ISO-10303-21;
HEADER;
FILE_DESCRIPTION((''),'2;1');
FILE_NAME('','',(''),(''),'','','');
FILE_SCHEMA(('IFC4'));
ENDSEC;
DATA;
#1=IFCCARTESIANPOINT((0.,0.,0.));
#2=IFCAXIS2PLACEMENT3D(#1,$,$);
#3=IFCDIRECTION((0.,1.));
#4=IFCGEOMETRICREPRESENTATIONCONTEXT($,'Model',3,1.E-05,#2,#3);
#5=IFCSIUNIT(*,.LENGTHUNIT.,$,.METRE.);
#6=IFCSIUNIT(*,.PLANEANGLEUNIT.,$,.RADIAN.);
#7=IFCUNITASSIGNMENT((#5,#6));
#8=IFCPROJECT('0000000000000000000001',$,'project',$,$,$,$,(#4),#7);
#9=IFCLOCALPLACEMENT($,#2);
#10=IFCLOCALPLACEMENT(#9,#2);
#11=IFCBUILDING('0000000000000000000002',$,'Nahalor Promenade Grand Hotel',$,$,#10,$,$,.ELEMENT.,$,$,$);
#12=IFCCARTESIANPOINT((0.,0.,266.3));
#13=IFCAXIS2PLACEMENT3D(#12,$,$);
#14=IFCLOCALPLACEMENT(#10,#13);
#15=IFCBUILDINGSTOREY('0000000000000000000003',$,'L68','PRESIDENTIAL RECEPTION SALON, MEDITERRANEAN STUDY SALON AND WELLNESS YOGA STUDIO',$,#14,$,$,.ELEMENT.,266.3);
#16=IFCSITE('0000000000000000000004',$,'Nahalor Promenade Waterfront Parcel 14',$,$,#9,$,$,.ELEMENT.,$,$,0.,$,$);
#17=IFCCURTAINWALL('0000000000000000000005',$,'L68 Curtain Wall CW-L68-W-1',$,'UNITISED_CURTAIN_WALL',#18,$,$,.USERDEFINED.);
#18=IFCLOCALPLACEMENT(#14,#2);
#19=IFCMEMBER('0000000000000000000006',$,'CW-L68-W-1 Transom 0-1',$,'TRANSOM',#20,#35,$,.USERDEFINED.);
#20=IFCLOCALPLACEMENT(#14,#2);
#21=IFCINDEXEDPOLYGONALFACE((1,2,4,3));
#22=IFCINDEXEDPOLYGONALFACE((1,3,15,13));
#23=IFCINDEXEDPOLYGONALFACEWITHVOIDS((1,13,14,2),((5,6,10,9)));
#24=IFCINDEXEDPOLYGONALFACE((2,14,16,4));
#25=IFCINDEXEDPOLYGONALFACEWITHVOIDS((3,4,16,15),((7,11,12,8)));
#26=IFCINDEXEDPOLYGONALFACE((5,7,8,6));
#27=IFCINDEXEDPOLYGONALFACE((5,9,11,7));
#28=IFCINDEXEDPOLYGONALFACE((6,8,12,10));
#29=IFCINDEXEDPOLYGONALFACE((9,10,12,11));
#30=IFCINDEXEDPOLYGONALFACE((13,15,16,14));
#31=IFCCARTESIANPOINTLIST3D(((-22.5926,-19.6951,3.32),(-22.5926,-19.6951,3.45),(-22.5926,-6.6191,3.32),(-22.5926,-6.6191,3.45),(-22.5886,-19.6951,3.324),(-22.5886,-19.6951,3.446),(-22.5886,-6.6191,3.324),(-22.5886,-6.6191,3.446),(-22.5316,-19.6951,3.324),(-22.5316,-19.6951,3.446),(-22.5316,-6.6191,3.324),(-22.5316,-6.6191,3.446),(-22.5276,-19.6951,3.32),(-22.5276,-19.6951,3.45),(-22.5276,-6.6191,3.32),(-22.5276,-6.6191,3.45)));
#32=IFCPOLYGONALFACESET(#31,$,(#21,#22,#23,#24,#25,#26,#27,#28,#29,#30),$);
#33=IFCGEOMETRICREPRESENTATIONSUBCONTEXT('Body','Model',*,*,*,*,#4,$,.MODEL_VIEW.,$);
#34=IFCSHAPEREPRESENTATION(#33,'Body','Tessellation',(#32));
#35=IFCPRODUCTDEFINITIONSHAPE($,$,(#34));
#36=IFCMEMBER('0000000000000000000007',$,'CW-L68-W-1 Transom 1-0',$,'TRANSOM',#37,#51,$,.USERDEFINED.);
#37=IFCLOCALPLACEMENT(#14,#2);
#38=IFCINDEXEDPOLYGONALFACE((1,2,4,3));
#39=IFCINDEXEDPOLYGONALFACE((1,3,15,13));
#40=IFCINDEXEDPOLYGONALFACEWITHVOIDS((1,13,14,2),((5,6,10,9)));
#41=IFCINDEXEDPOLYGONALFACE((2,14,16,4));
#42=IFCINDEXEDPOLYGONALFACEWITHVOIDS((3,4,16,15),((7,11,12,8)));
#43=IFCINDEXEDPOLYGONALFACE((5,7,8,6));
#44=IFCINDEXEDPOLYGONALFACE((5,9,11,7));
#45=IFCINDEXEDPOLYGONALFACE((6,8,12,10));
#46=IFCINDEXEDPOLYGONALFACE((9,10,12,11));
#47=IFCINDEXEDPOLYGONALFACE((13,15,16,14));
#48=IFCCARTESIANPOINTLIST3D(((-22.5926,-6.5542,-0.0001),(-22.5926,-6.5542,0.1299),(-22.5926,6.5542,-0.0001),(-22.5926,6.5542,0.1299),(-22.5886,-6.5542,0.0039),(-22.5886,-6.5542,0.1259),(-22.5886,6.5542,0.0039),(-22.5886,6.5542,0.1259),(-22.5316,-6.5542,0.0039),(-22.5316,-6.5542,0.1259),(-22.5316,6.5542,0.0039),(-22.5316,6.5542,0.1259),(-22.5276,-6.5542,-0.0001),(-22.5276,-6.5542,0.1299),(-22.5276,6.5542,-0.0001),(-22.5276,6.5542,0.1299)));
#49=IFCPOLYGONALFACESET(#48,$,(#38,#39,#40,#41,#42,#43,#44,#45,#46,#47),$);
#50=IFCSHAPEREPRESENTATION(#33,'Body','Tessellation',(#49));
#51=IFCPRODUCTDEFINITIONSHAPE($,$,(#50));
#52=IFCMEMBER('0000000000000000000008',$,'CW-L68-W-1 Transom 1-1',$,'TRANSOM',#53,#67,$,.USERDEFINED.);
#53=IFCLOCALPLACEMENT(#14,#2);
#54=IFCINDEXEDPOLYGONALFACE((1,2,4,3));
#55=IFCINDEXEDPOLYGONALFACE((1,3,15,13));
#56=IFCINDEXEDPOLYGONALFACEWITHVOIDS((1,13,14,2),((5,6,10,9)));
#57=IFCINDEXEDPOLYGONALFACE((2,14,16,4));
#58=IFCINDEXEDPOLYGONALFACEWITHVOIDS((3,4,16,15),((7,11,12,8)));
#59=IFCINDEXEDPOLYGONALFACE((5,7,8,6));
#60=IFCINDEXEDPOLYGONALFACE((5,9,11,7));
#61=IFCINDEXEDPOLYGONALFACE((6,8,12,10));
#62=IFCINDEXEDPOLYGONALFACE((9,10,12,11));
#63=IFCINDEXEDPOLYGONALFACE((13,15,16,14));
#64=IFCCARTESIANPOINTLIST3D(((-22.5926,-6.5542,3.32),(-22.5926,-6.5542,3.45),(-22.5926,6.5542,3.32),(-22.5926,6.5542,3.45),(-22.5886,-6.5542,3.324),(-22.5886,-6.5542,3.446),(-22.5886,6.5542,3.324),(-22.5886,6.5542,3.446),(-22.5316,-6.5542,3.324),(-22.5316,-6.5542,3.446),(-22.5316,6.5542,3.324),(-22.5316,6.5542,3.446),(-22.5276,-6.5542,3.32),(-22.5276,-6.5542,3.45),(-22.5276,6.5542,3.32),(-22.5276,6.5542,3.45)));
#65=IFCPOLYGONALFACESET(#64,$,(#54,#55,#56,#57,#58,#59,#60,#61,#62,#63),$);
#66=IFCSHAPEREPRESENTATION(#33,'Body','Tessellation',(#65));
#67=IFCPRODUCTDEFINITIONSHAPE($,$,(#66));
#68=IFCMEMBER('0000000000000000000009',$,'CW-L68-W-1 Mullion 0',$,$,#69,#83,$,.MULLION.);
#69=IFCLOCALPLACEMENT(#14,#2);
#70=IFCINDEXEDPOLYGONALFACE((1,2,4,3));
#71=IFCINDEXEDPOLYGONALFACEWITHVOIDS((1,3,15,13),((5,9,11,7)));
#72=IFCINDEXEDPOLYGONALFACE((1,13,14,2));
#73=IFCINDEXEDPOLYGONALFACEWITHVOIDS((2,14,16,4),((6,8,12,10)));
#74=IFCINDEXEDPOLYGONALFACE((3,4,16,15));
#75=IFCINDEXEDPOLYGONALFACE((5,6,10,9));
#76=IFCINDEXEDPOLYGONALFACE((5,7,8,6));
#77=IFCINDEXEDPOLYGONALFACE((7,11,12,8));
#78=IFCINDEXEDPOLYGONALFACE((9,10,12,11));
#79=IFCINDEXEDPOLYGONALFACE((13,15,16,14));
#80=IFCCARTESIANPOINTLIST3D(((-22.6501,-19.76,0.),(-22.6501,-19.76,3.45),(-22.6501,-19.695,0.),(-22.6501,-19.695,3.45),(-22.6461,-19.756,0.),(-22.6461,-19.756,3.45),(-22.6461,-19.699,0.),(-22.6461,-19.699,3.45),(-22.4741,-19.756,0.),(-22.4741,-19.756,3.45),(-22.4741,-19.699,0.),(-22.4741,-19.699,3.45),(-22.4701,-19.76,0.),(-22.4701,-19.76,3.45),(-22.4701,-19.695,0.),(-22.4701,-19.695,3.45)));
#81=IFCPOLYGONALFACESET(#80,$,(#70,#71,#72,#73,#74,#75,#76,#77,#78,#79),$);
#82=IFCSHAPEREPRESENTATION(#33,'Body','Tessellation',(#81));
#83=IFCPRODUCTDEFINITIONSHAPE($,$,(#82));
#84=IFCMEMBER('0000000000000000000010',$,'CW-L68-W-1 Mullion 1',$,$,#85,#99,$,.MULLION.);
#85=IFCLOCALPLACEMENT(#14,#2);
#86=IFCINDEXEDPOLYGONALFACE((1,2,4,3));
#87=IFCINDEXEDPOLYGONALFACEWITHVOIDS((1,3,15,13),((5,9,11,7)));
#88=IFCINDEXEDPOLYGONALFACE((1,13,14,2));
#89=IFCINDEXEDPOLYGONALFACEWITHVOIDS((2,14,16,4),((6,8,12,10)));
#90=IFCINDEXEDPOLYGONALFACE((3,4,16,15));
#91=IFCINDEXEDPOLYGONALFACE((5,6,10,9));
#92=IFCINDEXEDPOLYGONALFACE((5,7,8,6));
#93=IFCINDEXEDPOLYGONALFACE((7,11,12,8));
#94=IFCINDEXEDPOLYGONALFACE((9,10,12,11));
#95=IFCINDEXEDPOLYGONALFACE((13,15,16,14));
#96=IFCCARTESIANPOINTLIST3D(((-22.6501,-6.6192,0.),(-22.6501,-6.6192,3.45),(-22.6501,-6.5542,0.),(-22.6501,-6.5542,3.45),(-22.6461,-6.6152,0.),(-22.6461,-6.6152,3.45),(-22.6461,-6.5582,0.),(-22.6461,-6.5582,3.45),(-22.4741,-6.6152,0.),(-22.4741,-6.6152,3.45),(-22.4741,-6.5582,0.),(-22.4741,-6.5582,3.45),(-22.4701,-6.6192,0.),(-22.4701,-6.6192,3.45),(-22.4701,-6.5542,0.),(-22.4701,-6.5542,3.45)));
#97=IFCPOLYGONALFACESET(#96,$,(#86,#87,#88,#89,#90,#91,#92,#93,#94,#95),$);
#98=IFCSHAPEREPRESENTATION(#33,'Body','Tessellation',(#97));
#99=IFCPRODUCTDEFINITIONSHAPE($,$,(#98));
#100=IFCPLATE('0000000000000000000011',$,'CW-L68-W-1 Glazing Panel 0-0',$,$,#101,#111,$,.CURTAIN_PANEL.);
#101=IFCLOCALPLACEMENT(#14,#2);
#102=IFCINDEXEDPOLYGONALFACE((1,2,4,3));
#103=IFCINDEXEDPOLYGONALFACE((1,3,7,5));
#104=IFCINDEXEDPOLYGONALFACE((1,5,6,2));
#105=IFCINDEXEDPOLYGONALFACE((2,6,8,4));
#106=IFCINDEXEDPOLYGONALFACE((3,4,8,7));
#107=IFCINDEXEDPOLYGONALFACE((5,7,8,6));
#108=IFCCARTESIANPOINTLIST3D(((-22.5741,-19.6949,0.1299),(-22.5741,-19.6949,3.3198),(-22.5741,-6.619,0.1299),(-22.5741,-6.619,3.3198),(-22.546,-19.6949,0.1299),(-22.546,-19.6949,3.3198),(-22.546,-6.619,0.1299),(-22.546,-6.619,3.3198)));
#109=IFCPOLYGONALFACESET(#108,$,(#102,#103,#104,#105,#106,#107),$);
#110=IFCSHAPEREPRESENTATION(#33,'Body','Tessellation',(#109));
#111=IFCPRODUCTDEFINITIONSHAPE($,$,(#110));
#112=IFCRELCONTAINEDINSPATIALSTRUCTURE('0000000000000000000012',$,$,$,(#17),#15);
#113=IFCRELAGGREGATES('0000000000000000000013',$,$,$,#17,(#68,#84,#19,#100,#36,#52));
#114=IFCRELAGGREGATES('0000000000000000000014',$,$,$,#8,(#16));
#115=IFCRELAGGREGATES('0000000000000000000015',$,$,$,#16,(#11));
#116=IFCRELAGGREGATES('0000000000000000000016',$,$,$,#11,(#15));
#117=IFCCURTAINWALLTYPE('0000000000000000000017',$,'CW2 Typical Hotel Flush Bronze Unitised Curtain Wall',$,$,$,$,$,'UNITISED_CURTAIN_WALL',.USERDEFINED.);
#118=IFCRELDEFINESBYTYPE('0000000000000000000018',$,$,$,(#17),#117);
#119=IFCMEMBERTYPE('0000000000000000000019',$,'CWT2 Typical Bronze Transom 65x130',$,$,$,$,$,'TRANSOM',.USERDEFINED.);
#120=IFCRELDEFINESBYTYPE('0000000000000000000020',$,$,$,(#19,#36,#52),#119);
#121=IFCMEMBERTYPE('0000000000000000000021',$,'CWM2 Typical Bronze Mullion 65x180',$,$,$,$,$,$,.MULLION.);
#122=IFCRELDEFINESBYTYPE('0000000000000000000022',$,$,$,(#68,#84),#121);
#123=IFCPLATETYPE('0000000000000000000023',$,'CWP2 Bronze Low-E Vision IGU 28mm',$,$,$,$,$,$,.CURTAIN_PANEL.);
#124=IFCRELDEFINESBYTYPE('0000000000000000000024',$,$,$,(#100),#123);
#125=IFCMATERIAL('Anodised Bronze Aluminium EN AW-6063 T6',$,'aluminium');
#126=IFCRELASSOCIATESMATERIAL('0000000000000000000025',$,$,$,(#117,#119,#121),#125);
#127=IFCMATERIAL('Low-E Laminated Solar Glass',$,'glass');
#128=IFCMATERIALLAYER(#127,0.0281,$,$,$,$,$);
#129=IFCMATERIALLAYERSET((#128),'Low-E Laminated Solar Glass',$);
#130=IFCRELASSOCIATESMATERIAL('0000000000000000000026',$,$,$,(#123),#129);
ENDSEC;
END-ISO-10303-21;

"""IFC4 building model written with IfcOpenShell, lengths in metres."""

from ifc_helpers import new_model, si_unit, direction, frame, origin, origin_2d, place, context, subcontext, project, spatial, rectangle, hollow_rectangle, extrude, source, transform, mapped, material, layer, layer_set, material_profile, profile_set, type_object, element, aggregate, save


model = new_model("IFC4")

# Units and contexts
model_context = context("Model", 3, precision=1e-05, world=origin(), true_north=direction((0.0, 1.0)))
body_context = subcontext(model_context, "Body", "Model", "MODEL_VIEW")
ifc_project = project(units=[si_unit("LENGTHUNIT", "METRE"), si_unit("PLANEANGLEUNIT", "RADIAN")], contexts=[model_context])

# Site, building, storey
site_placement = place(None, origin())
site = spatial("IfcSite", under=ifc_project, at=site_placement, Name="Nahalor Promenade Waterfront Parcel 14", CompositionType="ELEMENT", RefElevation=0.0)
building_placement = place(site_placement, origin())
building = spatial("IfcBuilding", under=site, at=building_placement, Name="Nahalor Promenade Grand Hotel", CompositionType="ELEMENT")
storey_placement = place(building_placement, frame((0.0, 0.0, 266.3)))
storey = spatial("IfcBuildingStorey", under=building, at=storey_placement, Name="L68", Description="PRESIDENTIAL RECEPTION SALON, MEDITERRANEAN STUDY SALON AND WELLNESS YOGA STUDIO", CompositionType="ELEMENT", Elevation=266.3)

# Curtain wall, members, plate
ifc_material_1 = material(Name="Anodised Bronze Aluminium EN AW-6063 T6", Category="aluminium")
curtain_wall_type = type_object("IfcCurtainWallType", Name="CW2 Typical Hotel Flush Bronze Unitised Curtain Wall", ElementType="UNITISED_CURTAIN_WALL", PredefinedType="USERDEFINED", material=ifc_material_1)
curtain_wall_placement = place(storey_placement, origin())
curtain_wall = element("IfcCurtainWall", 1, at=curtain_wall_placement, inside=storey, type_object=curtain_wall_type, Name="L68 Curtain Wall CW-L68-W-1", ObjectType="UNITISED_CURTAIN_WALL", PredefinedType="USERDEFINED")
ifc_material_profile_1 = material_profile(ifc_material_1, hollow_rectangle(XDim=0.065, YDim=0.13, WallThickness=0.004, at=origin_2d()), Name="CWT 65x130x4")
ifc_profile_set_1 = profile_set([ifc_material_profile_1], Name="Anodised Bronze Aluminium EN AW-6063 T6")
member_type_1 = type_object("IfcMemberType", Name="CWT2 Typical Bronze Transom 65x130", ElementType="TRANSOM", PredefinedType="USERDEFINED", material=ifc_profile_set_1)
shared_shape_1 = source(origin(), body_context, "Body", "SweptSolid", [
    extrude(hollow_rectangle(XDim=0.065, YDim=0.13, WallThickness=0.004, at=origin_2d()), origin(), (0.0, 0.0, 1.0), 13.0759),
])
member_1_placement = place(storey_placement, frame((-22.5601, -19.6951, 3.385), z_axis=(0.0, 1.0, 0.0), x_axis=(-1.0, 0.0, 0.0)))
member_1 = element("IfcMember", 2, at=member_1_placement, type_object=member_type_1, Name="CW-L68-W-1 Transom 0-1", ObjectType="TRANSOM", PredefinedType="USERDEFINED", context=body_context, shape_type="MappedRepresentation", body=[
    mapped(shared_shape_1, transform((0.0, 0.0, 0.0), scale=1.0)),
])
shared_shape_2 = source(origin(), body_context, "Body", "SweptSolid", [
    extrude(hollow_rectangle(XDim=0.065, YDim=0.13, WallThickness=0.004, at=origin_2d()), origin(), (0.0, 0.0, 1.0), 13.1084),
])
member_2_placement = place(storey_placement, frame((-22.5601, -6.5542, 0.0649), z_axis=(0.0, 1.0, 0.0), x_axis=(-1.0, 0.0, 0.0)))
member_2 = element("IfcMember", 3, at=member_2_placement, type_object=member_type_1, Name="CW-L68-W-1 Transom 1-0", ObjectType="TRANSOM", PredefinedType="USERDEFINED", context=body_context, shape_type="MappedRepresentation", body=[
    mapped(shared_shape_2, transform((0.0, 0.0, 0.0), scale=1.0)),
])
member_3_placement = place(storey_placement, frame((-22.5601, -6.5542, 3.385), z_axis=(0.0, 1.0, 0.0), x_axis=(-1.0, 0.0, 0.0)))
member_3 = element("IfcMember", 4, at=member_3_placement, type_object=member_type_1, Name="CW-L68-W-1 Transom 1-1", ObjectType="TRANSOM", PredefinedType="USERDEFINED", context=body_context, shape_type="MappedRepresentation", body=[
    mapped(shared_shape_2, transform((0.0, 0.0, 0.0), scale=1.0)),
])
ifc_material_profile_2 = material_profile(ifc_material_1, hollow_rectangle(XDim=0.065, YDim=0.18, WallThickness=0.004, at=origin_2d()), Name="CWM 65x180x4")
ifc_profile_set_2 = profile_set([ifc_material_profile_2], Name="Anodised Bronze Aluminium EN AW-6063 T6")
member_type_2 = type_object("IfcMemberType", Name="CWM2 Typical Bronze Mullion 65x180", PredefinedType="MULLION", material=ifc_profile_set_2)
shared_shape_3 = source(origin(), body_context, "Body", "SweptSolid", [
    extrude(hollow_rectangle(XDim=0.065, YDim=0.18, WallThickness=0.004, at=origin_2d()), origin(), (0.0, 0.0, 1.0), 3.45),
])
member_4_placement = place(storey_placement, frame((-22.5601, -19.7275, 0.0), z_axis=(0.0, 0.0, 1.0), x_axis=(0.0, 1.0, 0.0)))
member_4 = element("IfcMember", 5, at=member_4_placement, type_object=member_type_2, Name="CW-L68-W-1 Mullion 0", PredefinedType="MULLION", context=body_context, shape_type="MappedRepresentation", body=[
    mapped(shared_shape_3, transform((0.0, 0.0, 0.0), scale=1.0)),
])
member_5_placement = place(storey_placement, frame((-22.5601, -6.5867, 0.0), z_axis=(0.0, 0.0, 1.0), x_axis=(0.0, 1.0, 0.0)))
member_5 = element("IfcMember", 6, at=member_5_placement, type_object=member_type_2, Name="CW-L68-W-1 Mullion 1", PredefinedType="MULLION", context=body_context, shape_type="MappedRepresentation", body=[
    mapped(shared_shape_3, transform((0.0, 0.0, 0.0), scale=1.0)),
])
ifc_material_2 = material(Name="Low-E Laminated Solar Glass", Category="glass")
ifc_layer = layer(ifc_material_2, 0.0281)
ifc_layer_set = layer_set([ifc_layer], Name="Low-E Laminated Solar Glass")
plate_type = type_object("IfcPlateType", Name="CWP2 Bronze Low-E Vision IGU 28mm", PredefinedType="CURTAIN_PANEL", material=ifc_layer_set)
shared_shape_4 = source(origin(), body_context, "Body", "SweptSolid", [
    extrude(rectangle(XDim=13.0759, YDim=0.0281, at=origin_2d()), origin(), (0.0, 0.0, 1.0), 3.1899),
])
plate_placement = place(storey_placement, frame((-22.5601, -13.157, 0.1299), z_axis=(0.0, 0.0, 1.0), x_axis=(0.0, 1.0, 0.0)))
plate = element("IfcPlate", 7, at=plate_placement, type_object=plate_type, Name="CW-L68-W-1 Glazing Panel 0-0", PredefinedType="CURTAIN_PANEL", context=body_context, shape_type="MappedRepresentation", body=[
    mapped(shared_shape_4, transform((0.0, 0.0, 0.0), scale=1.0)),
])
aggregate(curtain_wall, [member_4, member_5, member_1, plate, member_2, member_3])

save(model, "model.ifc")
